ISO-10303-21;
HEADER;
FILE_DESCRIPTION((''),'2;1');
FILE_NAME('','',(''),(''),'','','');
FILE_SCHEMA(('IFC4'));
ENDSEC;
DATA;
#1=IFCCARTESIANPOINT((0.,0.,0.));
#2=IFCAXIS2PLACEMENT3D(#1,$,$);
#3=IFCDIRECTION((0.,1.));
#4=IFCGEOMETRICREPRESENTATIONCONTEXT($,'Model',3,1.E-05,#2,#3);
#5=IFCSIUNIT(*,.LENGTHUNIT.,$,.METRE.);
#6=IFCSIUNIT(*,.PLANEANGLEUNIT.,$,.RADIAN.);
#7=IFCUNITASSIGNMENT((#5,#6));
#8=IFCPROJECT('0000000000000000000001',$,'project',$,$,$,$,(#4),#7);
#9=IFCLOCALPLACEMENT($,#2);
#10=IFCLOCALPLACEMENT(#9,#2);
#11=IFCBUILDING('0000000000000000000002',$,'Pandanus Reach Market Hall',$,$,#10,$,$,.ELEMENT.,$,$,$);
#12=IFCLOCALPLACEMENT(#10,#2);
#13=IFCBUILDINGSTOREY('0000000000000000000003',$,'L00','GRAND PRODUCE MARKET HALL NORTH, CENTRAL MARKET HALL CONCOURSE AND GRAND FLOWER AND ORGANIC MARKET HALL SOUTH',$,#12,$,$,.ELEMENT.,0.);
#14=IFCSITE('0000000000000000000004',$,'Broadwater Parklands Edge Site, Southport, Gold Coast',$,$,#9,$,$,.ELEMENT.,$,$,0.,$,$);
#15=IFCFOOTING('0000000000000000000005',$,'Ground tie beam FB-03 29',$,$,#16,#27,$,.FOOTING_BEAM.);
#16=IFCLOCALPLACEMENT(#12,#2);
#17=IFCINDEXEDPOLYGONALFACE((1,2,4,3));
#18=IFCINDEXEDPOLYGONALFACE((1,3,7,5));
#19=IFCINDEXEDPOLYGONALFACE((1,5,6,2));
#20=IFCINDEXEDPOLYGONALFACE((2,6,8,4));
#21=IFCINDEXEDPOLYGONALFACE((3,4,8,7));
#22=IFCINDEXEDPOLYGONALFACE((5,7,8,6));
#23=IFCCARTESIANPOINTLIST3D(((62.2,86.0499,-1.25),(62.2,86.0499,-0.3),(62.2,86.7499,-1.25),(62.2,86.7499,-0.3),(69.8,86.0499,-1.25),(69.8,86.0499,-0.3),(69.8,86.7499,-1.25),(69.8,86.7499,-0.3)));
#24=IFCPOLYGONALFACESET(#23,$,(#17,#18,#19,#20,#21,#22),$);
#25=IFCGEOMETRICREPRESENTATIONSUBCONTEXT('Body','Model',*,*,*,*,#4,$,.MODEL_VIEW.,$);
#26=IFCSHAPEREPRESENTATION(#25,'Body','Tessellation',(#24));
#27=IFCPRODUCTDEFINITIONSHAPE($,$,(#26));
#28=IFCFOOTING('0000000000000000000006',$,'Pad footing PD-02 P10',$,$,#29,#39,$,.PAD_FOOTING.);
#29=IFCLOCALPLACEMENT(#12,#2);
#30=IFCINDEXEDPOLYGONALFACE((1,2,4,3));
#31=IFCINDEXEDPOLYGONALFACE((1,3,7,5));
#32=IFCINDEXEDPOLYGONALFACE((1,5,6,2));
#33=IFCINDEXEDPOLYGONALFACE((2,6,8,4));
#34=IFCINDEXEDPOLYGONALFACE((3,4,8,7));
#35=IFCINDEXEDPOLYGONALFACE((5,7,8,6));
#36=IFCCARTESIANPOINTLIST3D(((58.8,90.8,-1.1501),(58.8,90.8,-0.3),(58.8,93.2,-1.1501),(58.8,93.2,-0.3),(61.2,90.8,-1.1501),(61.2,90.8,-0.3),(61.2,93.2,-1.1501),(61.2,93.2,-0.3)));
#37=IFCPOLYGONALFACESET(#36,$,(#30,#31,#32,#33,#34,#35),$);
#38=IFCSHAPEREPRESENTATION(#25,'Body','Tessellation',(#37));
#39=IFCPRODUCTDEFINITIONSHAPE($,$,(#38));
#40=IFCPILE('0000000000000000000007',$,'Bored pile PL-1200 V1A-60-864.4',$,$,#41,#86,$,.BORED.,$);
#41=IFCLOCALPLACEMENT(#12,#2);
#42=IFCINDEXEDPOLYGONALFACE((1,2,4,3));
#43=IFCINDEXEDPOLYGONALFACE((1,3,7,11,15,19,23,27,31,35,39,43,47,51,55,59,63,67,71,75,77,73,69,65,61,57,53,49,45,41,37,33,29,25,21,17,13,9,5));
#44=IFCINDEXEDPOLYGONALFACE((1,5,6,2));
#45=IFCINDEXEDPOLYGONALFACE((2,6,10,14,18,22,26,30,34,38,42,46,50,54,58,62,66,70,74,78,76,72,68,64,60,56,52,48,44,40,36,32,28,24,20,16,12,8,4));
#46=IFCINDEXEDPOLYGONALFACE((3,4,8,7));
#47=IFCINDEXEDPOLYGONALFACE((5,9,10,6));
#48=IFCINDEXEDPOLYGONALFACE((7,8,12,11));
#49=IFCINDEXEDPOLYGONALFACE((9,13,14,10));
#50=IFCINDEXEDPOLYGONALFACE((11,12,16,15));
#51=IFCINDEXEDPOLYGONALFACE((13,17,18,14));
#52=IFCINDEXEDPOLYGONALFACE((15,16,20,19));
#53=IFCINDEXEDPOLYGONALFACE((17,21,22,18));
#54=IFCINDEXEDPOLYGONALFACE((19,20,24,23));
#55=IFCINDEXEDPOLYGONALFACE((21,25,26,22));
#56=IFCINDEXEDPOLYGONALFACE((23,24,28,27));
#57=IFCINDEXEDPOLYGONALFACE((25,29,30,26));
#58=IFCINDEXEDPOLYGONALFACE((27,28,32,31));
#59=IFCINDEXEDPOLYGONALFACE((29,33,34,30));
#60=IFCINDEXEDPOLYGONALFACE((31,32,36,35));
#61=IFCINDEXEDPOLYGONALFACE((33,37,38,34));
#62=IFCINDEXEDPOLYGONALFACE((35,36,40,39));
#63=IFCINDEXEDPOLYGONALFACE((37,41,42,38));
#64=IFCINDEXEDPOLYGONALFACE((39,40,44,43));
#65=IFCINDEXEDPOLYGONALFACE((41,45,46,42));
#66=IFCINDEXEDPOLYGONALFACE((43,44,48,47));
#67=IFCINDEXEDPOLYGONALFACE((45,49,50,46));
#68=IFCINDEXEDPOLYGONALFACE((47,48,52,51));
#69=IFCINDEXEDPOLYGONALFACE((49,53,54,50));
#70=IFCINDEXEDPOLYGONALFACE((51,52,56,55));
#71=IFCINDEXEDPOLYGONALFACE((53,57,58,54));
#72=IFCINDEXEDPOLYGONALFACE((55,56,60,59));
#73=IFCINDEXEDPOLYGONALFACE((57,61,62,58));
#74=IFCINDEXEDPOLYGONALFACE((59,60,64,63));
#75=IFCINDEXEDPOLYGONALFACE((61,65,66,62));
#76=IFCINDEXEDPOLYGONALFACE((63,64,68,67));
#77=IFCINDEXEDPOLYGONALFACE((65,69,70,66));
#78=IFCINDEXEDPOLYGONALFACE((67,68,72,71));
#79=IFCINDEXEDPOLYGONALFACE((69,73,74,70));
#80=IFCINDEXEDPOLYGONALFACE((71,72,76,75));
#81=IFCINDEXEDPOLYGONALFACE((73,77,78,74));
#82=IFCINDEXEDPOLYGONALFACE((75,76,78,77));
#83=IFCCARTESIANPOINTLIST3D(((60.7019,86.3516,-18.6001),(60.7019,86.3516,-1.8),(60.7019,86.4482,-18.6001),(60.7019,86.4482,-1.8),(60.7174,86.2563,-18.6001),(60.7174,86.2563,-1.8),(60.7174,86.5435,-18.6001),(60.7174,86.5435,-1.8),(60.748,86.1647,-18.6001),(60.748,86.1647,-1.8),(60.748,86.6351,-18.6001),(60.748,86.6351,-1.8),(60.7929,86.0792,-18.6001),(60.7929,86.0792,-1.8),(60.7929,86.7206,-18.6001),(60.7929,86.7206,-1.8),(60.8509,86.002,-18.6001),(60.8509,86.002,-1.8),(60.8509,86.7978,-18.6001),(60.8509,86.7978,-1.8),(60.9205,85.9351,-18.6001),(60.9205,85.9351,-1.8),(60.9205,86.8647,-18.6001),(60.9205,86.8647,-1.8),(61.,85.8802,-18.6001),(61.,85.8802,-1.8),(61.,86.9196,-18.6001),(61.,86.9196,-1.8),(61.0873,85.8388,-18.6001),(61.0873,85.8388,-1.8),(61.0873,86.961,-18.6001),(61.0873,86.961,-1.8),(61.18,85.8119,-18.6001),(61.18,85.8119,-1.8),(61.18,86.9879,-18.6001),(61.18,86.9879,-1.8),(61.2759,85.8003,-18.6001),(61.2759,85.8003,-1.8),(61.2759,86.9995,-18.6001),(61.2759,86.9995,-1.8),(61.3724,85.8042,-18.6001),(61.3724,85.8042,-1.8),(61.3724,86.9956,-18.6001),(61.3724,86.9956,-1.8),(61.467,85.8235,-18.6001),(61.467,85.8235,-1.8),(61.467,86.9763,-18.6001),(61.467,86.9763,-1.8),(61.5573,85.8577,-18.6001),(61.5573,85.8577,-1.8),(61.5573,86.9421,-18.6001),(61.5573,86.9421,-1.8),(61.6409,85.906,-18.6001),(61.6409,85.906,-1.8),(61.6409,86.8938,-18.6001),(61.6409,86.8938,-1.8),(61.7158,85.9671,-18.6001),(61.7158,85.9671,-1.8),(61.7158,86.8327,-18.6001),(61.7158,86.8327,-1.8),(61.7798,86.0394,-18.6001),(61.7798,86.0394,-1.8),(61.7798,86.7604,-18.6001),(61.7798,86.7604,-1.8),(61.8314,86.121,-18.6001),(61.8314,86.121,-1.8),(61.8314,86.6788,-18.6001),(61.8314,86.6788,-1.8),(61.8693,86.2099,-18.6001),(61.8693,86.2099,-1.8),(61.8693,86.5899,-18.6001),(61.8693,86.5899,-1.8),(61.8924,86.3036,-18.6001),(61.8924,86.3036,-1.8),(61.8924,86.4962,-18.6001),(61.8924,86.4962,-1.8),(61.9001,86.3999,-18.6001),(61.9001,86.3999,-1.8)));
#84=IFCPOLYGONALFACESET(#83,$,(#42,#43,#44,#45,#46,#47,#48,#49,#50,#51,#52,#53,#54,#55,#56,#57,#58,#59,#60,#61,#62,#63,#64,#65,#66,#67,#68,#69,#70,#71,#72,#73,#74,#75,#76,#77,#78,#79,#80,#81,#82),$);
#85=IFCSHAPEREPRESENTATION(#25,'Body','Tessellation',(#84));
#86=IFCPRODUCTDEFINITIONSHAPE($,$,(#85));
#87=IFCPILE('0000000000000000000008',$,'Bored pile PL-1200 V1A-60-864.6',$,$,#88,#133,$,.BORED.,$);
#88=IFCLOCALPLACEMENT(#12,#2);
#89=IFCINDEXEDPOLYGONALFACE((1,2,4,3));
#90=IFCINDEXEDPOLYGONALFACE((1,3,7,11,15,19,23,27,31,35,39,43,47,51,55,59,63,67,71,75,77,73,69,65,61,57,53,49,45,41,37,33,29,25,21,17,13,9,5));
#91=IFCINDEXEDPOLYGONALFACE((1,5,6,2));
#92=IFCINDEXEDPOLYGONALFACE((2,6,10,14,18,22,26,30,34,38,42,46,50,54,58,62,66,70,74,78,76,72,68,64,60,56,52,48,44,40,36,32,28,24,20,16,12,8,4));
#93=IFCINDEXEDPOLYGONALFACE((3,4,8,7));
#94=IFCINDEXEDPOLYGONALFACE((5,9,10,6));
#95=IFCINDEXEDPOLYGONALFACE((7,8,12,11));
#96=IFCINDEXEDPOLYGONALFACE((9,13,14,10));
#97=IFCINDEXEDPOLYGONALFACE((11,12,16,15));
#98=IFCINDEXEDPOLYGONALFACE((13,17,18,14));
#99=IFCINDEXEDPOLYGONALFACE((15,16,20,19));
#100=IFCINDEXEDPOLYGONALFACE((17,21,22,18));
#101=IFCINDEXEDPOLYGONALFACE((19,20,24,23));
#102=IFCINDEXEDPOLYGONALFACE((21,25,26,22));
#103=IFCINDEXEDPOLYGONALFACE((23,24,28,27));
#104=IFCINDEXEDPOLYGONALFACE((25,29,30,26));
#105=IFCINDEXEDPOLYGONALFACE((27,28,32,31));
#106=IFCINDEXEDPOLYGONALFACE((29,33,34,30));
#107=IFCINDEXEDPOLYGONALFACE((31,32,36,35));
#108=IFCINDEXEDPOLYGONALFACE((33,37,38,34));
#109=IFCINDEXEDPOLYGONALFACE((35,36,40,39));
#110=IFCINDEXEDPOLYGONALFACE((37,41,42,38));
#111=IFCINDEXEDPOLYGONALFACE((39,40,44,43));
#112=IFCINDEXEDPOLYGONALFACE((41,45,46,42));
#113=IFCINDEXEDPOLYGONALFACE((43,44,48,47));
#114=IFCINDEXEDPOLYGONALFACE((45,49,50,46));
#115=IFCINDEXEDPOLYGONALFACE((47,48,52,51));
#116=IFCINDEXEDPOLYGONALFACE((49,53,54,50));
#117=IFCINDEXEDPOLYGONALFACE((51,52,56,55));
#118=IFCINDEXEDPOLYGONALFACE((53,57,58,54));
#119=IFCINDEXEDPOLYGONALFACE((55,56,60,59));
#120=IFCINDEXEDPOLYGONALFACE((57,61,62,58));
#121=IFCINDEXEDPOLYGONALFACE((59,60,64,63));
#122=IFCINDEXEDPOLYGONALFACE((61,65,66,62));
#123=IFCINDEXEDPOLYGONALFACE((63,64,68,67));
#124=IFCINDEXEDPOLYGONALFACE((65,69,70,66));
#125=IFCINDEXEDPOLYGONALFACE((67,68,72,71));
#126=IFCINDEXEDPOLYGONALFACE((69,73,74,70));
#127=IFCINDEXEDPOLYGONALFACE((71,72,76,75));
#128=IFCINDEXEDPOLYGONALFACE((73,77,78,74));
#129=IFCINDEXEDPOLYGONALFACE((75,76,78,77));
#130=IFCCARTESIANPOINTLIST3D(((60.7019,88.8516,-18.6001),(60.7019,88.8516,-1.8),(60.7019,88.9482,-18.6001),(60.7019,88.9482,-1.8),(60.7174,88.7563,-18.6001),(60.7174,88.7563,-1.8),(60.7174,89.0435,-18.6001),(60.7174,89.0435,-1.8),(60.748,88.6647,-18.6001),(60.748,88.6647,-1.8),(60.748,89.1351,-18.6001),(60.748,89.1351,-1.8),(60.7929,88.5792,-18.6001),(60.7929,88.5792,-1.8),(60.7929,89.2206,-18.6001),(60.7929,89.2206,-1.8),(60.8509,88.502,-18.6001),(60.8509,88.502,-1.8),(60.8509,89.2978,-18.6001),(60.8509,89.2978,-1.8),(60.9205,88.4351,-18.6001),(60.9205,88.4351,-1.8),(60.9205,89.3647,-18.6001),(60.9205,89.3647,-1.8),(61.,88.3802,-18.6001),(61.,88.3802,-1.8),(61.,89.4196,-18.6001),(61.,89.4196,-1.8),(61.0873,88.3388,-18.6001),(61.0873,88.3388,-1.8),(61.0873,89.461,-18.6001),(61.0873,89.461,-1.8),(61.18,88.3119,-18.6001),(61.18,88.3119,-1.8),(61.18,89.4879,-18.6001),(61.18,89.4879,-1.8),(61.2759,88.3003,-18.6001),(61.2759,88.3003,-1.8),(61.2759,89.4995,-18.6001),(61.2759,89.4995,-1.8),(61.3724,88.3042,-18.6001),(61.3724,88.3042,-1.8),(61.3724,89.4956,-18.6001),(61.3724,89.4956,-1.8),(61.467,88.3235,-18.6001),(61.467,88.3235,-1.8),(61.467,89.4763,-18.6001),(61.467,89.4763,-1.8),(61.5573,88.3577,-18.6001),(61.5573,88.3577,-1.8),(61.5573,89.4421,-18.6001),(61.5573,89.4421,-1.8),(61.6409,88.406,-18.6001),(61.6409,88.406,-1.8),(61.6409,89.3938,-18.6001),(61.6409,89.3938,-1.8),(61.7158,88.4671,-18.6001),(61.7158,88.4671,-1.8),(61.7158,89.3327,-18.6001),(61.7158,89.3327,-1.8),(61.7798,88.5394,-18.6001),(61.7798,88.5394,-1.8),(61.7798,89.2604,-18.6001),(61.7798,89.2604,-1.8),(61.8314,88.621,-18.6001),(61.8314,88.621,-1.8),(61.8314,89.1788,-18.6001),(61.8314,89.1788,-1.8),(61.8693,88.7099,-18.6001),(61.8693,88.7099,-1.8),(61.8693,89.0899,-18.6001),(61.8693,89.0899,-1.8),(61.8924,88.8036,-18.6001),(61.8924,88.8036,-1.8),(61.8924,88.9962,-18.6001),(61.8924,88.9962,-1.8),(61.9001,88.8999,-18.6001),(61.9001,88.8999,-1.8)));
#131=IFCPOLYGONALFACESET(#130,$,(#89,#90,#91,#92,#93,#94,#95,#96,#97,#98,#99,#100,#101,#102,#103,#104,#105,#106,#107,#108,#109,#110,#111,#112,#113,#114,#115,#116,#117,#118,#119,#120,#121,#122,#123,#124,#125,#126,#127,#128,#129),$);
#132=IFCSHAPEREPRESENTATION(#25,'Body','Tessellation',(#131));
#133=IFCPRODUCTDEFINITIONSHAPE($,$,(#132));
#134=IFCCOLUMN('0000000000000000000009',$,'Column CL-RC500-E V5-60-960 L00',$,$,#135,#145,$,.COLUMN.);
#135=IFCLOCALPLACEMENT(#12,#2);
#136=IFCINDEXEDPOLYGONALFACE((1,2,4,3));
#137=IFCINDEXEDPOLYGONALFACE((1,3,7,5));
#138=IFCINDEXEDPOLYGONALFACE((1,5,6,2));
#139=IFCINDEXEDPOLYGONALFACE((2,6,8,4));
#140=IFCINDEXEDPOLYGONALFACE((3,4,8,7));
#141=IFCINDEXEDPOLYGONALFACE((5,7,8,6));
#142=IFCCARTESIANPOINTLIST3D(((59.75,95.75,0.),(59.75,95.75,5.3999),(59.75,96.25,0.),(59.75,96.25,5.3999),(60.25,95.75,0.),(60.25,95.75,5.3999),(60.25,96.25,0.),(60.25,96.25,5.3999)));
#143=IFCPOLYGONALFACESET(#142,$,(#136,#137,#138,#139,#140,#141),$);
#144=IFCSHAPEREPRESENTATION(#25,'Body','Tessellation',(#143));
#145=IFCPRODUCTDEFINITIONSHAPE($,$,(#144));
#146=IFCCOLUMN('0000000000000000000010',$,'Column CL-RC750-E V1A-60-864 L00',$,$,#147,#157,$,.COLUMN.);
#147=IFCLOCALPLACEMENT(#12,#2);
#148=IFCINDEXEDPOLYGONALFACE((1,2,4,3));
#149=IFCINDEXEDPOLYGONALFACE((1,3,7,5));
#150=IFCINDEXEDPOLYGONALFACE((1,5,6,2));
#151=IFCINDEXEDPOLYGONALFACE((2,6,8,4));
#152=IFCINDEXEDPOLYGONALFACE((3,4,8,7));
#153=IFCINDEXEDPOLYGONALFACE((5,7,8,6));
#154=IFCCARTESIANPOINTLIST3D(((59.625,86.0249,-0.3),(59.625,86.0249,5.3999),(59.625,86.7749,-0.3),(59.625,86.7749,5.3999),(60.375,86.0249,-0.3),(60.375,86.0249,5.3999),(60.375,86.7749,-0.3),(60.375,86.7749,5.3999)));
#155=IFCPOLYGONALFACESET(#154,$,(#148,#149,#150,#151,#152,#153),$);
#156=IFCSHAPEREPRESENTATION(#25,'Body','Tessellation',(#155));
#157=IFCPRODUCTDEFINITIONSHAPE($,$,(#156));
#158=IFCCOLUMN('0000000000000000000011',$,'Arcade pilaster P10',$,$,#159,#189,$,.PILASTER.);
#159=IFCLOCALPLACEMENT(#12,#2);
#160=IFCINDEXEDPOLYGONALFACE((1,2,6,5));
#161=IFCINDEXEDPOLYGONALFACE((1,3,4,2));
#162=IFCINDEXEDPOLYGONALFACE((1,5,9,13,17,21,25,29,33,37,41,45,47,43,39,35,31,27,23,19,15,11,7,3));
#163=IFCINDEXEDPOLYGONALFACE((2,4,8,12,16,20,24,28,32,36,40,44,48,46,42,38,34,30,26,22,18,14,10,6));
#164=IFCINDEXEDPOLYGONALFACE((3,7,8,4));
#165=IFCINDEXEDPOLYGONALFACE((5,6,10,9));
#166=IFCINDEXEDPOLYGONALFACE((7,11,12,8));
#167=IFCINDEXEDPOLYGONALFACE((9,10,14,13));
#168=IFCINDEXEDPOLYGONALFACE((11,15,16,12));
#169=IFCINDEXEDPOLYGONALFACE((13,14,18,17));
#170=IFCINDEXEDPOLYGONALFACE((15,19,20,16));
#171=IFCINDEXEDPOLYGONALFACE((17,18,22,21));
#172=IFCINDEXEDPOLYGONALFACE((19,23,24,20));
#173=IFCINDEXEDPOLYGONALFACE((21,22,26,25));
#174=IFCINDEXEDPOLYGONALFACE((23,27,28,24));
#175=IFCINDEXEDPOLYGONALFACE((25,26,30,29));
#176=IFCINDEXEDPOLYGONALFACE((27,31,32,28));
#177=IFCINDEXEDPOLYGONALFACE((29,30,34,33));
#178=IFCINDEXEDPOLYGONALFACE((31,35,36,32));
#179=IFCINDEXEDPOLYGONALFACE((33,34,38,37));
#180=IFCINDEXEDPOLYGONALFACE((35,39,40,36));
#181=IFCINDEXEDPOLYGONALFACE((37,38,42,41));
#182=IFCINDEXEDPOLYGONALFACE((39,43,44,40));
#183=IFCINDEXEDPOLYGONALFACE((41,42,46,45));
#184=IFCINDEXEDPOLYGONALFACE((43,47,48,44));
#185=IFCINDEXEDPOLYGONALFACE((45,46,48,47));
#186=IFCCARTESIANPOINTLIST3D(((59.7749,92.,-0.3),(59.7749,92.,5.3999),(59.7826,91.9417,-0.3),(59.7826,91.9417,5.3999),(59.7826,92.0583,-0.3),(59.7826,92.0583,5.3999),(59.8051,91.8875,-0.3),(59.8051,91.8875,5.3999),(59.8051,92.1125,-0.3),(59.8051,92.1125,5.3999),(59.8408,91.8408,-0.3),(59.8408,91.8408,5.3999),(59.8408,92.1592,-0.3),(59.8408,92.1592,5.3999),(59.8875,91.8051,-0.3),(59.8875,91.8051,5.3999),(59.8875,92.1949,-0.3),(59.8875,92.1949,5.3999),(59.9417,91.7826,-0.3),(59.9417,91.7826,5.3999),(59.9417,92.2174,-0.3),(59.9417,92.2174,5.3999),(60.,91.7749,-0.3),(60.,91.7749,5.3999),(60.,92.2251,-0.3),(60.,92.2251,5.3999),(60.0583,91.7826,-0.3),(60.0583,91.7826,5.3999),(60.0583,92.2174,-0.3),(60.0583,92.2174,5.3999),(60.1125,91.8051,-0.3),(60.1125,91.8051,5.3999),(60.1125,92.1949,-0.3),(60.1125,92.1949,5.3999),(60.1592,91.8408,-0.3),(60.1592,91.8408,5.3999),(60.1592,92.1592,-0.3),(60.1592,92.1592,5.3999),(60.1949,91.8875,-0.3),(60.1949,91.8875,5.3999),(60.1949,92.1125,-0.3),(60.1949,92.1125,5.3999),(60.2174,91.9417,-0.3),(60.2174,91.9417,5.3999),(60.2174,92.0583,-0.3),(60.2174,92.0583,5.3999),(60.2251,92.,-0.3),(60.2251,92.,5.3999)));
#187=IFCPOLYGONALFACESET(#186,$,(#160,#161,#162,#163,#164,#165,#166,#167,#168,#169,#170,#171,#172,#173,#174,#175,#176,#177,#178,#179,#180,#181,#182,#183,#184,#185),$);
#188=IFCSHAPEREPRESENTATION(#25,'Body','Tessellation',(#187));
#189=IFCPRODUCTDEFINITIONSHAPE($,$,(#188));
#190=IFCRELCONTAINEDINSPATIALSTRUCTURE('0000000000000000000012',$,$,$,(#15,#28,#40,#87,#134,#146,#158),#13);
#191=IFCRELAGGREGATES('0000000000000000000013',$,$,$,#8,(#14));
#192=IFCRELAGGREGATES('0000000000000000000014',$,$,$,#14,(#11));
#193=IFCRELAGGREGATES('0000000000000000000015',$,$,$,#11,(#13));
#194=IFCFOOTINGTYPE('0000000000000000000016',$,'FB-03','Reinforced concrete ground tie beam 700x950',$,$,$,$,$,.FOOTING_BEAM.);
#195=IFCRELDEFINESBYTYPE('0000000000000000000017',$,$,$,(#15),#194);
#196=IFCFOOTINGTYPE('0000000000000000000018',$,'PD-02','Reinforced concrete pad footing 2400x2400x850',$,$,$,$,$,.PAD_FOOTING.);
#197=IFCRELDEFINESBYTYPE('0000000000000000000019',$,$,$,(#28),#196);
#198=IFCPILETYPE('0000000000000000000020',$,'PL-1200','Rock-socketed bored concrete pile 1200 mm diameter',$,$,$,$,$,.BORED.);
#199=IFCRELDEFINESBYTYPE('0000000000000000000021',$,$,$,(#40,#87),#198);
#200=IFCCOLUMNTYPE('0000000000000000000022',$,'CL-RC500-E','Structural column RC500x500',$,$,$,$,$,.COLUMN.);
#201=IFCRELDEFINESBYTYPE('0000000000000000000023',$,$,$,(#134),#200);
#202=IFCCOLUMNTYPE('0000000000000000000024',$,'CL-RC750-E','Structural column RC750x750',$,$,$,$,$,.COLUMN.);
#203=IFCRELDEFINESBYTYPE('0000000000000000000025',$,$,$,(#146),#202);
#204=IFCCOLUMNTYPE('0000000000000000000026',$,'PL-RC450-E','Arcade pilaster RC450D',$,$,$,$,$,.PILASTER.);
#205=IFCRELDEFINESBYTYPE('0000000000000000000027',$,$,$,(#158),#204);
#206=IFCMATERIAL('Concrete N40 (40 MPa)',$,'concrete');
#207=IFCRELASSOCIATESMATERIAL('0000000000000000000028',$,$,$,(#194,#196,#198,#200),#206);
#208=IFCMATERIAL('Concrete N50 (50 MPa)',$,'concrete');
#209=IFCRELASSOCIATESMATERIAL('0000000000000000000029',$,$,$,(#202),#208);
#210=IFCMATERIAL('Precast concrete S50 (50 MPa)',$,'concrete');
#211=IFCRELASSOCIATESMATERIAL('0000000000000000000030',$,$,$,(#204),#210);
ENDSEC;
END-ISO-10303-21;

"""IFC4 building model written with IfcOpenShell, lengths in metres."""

from ifc_helpers import new_model, si_unit, direction, frame, origin, origin_2d, place, context, subcontext, project, spatial, rectangle, circle, extrude, material, material_profile, profile_set, type_object, element, save


model = new_model("IFC4")

# Units and contexts
model_context = context("Model", 3, precision=1e-05, world=origin(), true_north=direction((0.0, 1.0)))
body_context = subcontext(model_context, "Body", "Model", "MODEL_VIEW")
ifc_project = project(units=[si_unit("LENGTHUNIT", "METRE"), si_unit("PLANEANGLEUNIT", "RADIAN")], contexts=[model_context])

# Site, building, storey
site_placement = place(None, origin())
site = spatial("IfcSite", under=ifc_project, at=site_placement, Name="Broadwater Parklands Edge Site, Southport, Gold Coast", CompositionType="ELEMENT", RefElevation=0.0)
building_placement = place(site_placement, origin())
building = spatial("IfcBuilding", under=site, at=building_placement, Name="Pandanus Reach Market Hall", CompositionType="ELEMENT")
storey_placement = place(building_placement, origin())
storey = spatial("IfcBuildingStorey", under=building, at=storey_placement, Name="L00", Description="GRAND PRODUCE MARKET HALL NORTH, CENTRAL MARKET HALL CONCOURSE AND GRAND FLOWER AND ORGANIC MARKET HALL SOUTH", CompositionType="ELEMENT", Elevation=0.0)

# Footings
ifc_material_1 = material(Name="Concrete N40 (40 MPa)", Category="concrete")
footing_type_1 = type_object("IfcFootingType", Name="FB-03", Description="Reinforced concrete ground tie beam 700x950", PredefinedType="FOOTING_BEAM", material=ifc_material_1)
footing_1_placement = place(storey_placement, frame((66.0, 86.3999, -1.25), z_axis=(0.0, 0.0, 1.0), x_axis=(1.0, 0.0, 0.0)))
element("IfcFooting", 1, at=footing_1_placement, inside=storey, type_object=footing_type_1, Name="Ground tie beam FB-03 29", PredefinedType="FOOTING_BEAM", context=body_context, shape_type="SweptSolid", body=[
    extrude(rectangle(XDim=7.6001, YDim=0.7, at=origin_2d()), origin(), (0.0, 0.0, 1.0), 0.95),
])
footing_type_2 = type_object("IfcFootingType", Name="PD-02", Description="Reinforced concrete pad footing 2400x2400x850", PredefinedType="PAD_FOOTING", material=ifc_material_1)
footing_2_placement = place(storey_placement, frame((60.0, 92.0, -1.1501), z_axis=(0.0, 0.0, 1.0), x_axis=(1.0, 0.0, 0.0)))
element("IfcFooting", 2, at=footing_2_placement, inside=storey, type_object=footing_type_2, Name="Pad footing PD-02 P10", PredefinedType="PAD_FOOTING", context=body_context, shape_type="SweptSolid", body=[
    extrude(rectangle(XDim=2.3999, YDim=2.3999, at=origin_2d()), origin(), (0.0, 0.0, 1.0), 0.8501),
])

# Piles
ifc_material_profile_1 = material_profile(ifc_material_1, circle(Radius=0.6001, at=origin_2d()), Name="PILE-1200D", Category="LoadBearing")
ifc_profile_set_1 = profile_set([ifc_material_profile_1], Name="Concrete N40 (40 MPa)")
pile_type = type_object("IfcPileType", Name="PL-1200", Description="Rock-socketed bored concrete pile 1200 mm diameter", PredefinedType="BORED", material=ifc_profile_set_1)
for number, where, z_axis, x_axis, name in (
    (3, (61.3, 86.3999, -1.8), (0.0, 0.0, -1.0), (1.0, 0.0, 0.0), "Bored pile PL-1200 V1A-60-864.4"),
    (4, (61.3, 88.8999, -1.8), (0.0, 0.0, -1.0), (1.0, 0.0, 0.0), "Bored pile PL-1200 V1A-60-864.6"),
):
    element("IfcPile", number, at=place(storey_placement, frame(where, z_axis=z_axis, x_axis=x_axis)), inside=storey, type_object=pile_type, Name=name, PredefinedType="BORED", context=body_context, shape_type="SweptSolid", body=[
        extrude(circle(Radius=0.6001, at=origin_2d()), origin(), (0.0, 0.0, 1.0), 16.8),
    ])

# Columns
ifc_material_profile_2 = material_profile(ifc_material_1, rectangle(XDim=0.5, YDim=0.5, at=origin_2d()), Name="RC500x500", Category="LoadBearing")
ifc_profile_set_2 = profile_set([ifc_material_profile_2], Name="Concrete N40 (40 MPa)")
column_type_1 = type_object("IfcColumnType", Name="CL-RC500-E", Description="Structural column RC500x500", PredefinedType="COLUMN", material=ifc_profile_set_2)
column_1_placement = place(storey_placement, frame((60.0, 96.0, 0.0), z_axis=(0.0, 0.0, 1.0), x_axis=(1.0, 0.0, 0.0)))
element("IfcColumn", 5, at=column_1_placement, inside=storey, type_object=column_type_1, Name="Column CL-RC500-E V5-60-960 L00", PredefinedType="COLUMN", context=body_context, shape_type="SweptSolid", body=[
    extrude(rectangle(XDim=0.5, YDim=0.5, at=origin_2d()), origin(), (0.0, 0.0, 1.0), 5.3999),
])
ifc_material_2 = material(Name="Concrete N50 (50 MPa)", Category="concrete")
ifc_material_profile_3 = material_profile(ifc_material_2, rectangle(XDim=0.75, YDim=0.75, at=origin_2d()), Name="RC750x750", Category="LoadBearing")
ifc_profile_set_3 = profile_set([ifc_material_profile_3], Name="Concrete N50 (50 MPa)")
column_type_2 = type_object("IfcColumnType", Name="CL-RC750-E", Description="Structural column RC750x750", PredefinedType="COLUMN", material=ifc_profile_set_3)
column_2_placement = place(storey_placement, frame((60.0, 86.3999, -0.3), z_axis=(0.0, 0.0, 1.0), x_axis=(1.0, 0.0, 0.0)))
element("IfcColumn", 6, at=column_2_placement, inside=storey, type_object=column_type_2, Name="Column CL-RC750-E V1A-60-864 L00", PredefinedType="COLUMN", context=body_context, shape_type="SweptSolid", body=[
    extrude(rectangle(XDim=0.75, YDim=0.75, at=origin_2d()), origin(), (0.0, 0.0, 1.0), 5.7),
])
ifc_material_3 = material(Name="Precast concrete S50 (50 MPa)", Category="concrete")
ifc_material_profile_4 = material_profile(ifc_material_3, circle(Radius=0.2251, at=origin_2d()), Name="RC450D", Category="LoadBearing")
ifc_profile_set_4 = profile_set([ifc_material_profile_4], Name="Precast concrete S50 (50 MPa)")
column_type_3 = type_object("IfcColumnType", Name="PL-RC450-E", Description="Arcade pilaster RC450D", PredefinedType="PILASTER", material=ifc_profile_set_4)
column_3_placement = place(storey_placement, frame((60.0, 92.0, -0.3), z_axis=(0.0, 0.0, 1.0), x_axis=(1.0, 0.0, 0.0)))
element("IfcColumn", 7, at=column_3_placement, inside=storey, type_object=column_type_3, Name="Arcade pilaster P10", PredefinedType="PILASTER", context=body_context, shape_type="SweptSolid", body=[
    extrude(circle(Radius=0.2251, at=origin_2d()), origin(), (0.0, 0.0, 1.0), 5.7),
])

save(model, "model.ifc")
